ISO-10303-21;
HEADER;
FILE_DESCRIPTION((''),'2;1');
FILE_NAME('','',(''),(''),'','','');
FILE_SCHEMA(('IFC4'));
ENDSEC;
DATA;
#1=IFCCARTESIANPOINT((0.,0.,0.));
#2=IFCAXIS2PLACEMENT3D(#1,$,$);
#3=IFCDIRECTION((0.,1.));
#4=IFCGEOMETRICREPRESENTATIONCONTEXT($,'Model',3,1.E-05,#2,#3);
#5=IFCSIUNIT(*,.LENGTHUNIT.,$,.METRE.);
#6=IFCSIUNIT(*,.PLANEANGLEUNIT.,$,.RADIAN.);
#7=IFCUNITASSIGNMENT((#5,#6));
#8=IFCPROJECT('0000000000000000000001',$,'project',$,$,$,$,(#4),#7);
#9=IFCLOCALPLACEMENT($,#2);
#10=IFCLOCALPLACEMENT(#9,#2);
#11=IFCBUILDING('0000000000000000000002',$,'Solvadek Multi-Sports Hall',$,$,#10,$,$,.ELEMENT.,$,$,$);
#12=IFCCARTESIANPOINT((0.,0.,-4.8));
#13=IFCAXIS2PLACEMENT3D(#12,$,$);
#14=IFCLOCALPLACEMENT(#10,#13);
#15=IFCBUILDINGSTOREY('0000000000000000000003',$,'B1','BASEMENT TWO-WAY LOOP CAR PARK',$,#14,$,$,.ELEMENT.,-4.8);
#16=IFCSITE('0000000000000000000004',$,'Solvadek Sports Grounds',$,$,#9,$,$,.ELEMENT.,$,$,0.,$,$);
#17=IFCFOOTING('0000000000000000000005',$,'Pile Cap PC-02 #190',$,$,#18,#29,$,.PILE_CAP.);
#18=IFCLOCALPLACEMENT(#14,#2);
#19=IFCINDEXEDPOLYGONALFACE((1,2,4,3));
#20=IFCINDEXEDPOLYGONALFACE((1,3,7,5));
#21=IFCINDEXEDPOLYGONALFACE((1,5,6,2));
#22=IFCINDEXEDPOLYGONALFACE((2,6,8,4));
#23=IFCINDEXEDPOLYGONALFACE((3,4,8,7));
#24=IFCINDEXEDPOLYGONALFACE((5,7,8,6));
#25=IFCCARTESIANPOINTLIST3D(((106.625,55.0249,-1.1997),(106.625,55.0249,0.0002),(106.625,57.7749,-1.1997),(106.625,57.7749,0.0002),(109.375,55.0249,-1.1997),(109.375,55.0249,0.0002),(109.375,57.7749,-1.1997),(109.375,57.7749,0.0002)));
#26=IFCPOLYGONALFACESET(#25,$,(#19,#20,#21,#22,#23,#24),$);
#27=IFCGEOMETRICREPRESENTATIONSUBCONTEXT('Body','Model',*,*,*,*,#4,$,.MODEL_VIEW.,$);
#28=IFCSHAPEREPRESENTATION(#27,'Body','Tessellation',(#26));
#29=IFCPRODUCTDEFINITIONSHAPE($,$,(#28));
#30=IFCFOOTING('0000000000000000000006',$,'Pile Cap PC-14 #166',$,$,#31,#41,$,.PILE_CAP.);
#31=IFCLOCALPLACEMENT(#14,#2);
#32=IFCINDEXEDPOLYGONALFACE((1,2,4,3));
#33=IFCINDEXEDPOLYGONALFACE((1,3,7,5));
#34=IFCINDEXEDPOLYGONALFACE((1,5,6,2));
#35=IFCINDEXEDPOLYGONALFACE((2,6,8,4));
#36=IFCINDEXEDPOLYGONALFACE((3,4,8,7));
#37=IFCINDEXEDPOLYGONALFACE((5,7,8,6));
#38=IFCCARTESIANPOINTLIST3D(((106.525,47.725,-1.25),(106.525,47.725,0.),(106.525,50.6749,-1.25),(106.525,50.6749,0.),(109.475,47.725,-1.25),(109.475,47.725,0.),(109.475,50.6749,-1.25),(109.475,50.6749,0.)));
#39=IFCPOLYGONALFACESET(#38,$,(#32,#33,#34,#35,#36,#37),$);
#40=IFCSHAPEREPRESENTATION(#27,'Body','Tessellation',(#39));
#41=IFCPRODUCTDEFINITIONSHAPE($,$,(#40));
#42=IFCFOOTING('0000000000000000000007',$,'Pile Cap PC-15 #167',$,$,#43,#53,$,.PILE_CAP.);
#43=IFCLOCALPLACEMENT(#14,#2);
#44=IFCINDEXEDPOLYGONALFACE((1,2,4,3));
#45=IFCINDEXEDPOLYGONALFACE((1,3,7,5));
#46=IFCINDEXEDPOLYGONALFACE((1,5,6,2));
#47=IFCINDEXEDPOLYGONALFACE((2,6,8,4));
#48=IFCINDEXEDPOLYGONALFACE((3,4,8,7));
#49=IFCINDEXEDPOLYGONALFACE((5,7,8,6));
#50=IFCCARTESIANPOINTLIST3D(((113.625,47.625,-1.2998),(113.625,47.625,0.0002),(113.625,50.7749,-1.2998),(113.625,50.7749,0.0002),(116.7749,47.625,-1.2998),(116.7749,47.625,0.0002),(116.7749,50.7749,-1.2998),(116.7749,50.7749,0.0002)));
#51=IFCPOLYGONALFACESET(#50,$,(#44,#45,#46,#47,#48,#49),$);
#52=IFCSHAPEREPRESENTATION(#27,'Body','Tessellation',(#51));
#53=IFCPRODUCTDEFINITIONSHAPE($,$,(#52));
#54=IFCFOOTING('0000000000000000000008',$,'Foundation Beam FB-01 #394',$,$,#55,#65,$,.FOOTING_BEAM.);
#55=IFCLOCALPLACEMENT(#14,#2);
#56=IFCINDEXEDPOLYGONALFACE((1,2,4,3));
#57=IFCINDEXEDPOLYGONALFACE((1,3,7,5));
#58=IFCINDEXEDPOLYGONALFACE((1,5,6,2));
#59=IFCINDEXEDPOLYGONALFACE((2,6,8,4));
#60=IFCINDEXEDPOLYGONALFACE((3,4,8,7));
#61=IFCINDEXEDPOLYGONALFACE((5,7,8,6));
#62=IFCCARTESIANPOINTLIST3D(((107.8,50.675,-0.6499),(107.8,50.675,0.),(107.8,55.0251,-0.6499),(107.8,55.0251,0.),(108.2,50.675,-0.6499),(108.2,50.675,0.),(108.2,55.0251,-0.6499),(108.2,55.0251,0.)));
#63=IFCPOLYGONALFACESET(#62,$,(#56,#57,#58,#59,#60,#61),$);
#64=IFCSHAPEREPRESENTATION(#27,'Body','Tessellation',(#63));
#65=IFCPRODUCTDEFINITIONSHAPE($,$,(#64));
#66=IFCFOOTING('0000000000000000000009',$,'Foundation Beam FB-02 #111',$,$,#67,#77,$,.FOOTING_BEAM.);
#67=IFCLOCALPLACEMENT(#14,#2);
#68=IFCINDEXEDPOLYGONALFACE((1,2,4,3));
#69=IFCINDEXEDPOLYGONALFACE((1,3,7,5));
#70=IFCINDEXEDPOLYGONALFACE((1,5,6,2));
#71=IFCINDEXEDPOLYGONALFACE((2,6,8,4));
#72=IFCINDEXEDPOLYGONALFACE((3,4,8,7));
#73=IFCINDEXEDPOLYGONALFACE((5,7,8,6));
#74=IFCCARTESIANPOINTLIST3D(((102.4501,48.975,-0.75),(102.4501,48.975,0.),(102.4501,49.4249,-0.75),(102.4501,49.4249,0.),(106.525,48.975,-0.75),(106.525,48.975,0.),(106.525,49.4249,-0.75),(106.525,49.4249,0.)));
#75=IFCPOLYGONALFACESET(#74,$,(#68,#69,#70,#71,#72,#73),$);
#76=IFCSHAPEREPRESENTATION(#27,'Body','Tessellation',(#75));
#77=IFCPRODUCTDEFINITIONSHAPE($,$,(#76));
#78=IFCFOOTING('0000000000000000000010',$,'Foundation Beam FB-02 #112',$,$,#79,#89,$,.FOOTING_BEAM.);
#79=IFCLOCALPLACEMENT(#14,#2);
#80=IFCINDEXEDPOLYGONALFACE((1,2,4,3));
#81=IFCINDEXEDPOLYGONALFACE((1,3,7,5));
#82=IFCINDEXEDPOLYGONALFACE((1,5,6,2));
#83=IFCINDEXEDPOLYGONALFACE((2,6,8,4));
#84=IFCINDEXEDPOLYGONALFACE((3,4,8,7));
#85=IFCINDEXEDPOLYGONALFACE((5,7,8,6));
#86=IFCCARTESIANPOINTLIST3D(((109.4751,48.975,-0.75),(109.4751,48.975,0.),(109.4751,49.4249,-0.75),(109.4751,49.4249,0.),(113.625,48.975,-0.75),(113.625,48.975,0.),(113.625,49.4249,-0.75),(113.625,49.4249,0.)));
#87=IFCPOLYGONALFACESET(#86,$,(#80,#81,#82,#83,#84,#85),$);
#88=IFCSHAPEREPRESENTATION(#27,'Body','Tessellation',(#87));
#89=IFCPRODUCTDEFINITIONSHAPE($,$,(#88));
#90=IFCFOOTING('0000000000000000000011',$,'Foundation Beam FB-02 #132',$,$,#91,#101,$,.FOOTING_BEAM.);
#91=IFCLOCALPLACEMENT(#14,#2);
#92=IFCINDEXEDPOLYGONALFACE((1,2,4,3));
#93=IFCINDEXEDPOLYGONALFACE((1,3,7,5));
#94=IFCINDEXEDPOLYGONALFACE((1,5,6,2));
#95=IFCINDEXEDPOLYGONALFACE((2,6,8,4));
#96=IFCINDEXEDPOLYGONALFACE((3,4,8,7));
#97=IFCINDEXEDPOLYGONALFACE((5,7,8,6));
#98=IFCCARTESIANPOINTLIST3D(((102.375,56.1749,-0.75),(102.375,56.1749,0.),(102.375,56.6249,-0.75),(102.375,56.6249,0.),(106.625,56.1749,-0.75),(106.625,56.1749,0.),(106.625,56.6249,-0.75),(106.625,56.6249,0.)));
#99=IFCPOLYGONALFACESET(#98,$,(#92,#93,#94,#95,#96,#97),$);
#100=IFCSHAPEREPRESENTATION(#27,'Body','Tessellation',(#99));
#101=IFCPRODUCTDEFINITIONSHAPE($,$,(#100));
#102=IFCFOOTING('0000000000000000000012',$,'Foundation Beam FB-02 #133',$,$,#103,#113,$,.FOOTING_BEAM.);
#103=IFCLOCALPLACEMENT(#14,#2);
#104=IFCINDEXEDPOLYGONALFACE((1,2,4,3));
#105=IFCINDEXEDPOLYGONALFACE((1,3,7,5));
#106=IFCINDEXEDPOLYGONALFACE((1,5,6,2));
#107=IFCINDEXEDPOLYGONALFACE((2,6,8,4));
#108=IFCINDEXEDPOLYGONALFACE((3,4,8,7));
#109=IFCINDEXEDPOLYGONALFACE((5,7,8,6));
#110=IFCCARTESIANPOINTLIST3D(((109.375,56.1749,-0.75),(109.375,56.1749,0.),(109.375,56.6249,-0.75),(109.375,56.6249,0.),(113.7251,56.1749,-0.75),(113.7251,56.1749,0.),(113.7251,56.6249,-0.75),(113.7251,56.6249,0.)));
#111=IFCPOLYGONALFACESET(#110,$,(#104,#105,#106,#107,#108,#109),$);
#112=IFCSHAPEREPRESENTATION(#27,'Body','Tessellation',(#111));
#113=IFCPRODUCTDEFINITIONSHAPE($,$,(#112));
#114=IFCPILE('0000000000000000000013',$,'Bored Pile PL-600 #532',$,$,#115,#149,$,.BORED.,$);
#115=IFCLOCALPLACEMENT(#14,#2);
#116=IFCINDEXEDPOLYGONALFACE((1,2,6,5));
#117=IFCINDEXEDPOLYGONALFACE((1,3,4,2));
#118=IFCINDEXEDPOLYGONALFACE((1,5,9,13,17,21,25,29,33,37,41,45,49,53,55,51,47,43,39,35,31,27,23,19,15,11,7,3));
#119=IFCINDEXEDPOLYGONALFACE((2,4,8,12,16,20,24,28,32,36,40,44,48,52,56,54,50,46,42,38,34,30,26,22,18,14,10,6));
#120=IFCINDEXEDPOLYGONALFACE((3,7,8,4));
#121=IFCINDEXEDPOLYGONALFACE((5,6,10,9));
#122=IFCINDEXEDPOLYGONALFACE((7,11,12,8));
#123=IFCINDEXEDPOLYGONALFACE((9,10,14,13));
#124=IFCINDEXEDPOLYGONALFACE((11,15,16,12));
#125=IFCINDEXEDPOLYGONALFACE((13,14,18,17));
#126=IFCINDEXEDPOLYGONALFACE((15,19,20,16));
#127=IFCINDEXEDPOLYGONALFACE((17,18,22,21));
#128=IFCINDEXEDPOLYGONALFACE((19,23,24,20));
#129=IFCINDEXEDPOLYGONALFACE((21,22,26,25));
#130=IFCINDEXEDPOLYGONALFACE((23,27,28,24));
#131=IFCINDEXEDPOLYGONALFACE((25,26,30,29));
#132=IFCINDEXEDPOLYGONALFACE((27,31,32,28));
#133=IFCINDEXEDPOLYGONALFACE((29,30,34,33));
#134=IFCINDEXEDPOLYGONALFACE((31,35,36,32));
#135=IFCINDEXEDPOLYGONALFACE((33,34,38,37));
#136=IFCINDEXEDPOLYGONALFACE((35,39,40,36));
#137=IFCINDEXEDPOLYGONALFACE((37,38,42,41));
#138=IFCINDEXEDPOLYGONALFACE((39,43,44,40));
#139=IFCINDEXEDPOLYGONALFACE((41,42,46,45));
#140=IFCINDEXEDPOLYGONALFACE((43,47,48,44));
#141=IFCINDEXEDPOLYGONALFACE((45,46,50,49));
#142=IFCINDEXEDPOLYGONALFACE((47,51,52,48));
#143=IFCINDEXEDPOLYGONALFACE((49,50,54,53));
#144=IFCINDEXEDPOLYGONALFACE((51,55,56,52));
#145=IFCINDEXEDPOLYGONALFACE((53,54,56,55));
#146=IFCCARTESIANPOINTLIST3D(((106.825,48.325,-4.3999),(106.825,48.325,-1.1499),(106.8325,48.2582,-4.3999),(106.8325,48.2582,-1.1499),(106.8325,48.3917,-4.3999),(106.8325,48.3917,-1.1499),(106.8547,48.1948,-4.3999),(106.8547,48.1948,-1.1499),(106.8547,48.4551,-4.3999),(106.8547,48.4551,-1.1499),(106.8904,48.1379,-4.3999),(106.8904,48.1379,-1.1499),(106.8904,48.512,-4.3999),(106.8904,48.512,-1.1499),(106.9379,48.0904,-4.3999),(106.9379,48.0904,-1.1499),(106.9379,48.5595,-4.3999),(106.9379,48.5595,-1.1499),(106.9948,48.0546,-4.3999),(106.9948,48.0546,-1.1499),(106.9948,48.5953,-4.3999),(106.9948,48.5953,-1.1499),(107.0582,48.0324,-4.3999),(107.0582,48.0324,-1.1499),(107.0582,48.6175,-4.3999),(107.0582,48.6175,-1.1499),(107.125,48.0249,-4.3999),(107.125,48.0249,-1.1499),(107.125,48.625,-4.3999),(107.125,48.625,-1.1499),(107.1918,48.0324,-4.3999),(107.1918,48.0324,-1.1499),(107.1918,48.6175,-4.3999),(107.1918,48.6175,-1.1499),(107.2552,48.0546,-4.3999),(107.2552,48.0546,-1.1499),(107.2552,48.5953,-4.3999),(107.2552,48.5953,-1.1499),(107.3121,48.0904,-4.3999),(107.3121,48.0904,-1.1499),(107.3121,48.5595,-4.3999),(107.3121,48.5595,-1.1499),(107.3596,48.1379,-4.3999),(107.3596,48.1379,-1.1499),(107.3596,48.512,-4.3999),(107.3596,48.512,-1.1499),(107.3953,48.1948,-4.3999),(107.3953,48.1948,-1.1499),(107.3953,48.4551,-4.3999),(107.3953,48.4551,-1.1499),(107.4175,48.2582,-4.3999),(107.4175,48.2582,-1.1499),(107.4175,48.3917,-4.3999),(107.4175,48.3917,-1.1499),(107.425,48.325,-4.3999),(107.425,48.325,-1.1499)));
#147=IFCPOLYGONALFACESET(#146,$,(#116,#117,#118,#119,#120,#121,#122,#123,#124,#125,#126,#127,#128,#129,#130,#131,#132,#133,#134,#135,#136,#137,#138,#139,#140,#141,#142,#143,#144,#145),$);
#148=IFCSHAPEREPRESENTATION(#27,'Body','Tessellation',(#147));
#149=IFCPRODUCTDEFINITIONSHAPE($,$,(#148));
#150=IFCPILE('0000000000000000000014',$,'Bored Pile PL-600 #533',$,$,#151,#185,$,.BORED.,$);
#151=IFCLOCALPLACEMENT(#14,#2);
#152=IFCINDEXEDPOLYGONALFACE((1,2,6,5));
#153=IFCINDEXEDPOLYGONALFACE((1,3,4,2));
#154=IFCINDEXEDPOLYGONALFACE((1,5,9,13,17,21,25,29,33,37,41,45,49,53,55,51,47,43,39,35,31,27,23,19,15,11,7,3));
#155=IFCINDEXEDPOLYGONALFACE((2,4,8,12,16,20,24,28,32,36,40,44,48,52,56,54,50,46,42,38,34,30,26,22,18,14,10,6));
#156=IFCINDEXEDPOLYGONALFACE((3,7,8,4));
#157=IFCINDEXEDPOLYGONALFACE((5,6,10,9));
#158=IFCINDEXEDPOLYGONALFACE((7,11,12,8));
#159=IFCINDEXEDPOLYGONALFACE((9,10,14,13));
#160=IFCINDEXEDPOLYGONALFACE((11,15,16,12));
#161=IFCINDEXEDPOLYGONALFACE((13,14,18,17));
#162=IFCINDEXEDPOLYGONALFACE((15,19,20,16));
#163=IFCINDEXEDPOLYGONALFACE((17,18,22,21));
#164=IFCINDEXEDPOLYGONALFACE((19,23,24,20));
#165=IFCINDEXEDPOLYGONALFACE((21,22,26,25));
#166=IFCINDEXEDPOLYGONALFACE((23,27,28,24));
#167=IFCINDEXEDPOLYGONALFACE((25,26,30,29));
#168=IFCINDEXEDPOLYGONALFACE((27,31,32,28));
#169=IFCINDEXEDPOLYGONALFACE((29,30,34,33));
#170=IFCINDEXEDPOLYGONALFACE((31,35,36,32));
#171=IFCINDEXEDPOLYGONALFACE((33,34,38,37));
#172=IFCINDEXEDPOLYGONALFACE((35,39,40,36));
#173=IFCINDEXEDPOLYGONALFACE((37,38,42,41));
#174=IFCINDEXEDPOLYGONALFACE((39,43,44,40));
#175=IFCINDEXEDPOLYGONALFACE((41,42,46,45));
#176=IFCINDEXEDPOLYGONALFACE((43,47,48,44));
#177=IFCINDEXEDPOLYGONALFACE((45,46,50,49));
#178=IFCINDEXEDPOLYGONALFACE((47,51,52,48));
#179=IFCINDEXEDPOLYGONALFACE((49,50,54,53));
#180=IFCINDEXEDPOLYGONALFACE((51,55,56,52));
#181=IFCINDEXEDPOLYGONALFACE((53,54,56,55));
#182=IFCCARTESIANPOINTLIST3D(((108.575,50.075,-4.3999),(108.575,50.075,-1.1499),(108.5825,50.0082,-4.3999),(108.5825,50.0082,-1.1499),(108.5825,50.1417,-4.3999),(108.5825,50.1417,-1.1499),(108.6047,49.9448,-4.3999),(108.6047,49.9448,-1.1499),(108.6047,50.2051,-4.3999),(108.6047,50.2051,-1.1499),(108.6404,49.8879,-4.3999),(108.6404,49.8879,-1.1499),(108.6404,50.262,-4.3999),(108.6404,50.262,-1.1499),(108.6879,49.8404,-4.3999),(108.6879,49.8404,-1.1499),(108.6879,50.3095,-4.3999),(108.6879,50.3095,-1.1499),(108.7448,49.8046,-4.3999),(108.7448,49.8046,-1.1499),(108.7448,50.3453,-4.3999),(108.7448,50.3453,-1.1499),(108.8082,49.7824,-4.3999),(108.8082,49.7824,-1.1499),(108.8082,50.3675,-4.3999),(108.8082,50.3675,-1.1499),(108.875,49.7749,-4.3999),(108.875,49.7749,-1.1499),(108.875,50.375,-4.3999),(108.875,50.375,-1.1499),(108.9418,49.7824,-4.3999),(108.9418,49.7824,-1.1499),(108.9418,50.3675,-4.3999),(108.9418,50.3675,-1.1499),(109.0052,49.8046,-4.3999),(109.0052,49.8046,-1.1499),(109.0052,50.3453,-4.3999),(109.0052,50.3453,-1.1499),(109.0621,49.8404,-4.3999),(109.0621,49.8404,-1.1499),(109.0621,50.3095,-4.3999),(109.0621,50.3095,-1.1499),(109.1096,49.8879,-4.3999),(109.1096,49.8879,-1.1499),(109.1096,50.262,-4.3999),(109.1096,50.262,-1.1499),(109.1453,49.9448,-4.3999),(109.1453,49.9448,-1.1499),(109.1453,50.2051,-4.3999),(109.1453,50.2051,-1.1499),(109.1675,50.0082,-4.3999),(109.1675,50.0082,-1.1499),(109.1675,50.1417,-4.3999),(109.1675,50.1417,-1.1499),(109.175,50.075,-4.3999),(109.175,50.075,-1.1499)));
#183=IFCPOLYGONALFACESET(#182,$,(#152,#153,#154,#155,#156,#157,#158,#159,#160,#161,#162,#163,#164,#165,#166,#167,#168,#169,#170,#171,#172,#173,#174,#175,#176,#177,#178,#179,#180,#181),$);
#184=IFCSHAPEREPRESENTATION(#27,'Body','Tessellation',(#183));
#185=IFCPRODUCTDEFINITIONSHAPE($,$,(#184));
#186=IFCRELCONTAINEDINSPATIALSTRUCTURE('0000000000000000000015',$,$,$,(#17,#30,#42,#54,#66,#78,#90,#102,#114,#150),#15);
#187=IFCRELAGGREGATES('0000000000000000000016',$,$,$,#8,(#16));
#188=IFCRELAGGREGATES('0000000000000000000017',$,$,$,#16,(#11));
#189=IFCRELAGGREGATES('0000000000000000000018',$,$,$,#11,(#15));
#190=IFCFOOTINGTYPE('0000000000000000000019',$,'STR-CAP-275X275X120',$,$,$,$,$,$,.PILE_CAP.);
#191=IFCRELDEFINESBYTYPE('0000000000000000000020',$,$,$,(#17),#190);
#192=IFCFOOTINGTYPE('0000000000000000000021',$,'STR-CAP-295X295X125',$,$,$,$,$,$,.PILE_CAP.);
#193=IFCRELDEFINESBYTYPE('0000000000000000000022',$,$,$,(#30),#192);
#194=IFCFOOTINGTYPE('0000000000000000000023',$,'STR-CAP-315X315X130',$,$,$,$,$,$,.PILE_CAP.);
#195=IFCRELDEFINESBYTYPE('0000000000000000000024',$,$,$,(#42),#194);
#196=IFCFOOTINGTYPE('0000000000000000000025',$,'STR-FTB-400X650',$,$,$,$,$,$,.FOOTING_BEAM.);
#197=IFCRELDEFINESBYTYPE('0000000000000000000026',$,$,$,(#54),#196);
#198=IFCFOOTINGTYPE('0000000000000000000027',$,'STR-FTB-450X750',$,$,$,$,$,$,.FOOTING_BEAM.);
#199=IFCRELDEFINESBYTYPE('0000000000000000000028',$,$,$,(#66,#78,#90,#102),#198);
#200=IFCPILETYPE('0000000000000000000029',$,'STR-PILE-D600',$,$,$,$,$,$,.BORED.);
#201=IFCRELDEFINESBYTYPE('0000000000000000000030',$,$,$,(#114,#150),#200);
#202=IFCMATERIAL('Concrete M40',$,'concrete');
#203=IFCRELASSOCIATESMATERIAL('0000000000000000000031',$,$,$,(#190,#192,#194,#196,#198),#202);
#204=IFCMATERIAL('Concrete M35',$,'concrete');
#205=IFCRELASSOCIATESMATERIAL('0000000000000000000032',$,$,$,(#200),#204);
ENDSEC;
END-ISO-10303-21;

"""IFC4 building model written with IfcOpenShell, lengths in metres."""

from ifc_helpers import new_model, si_unit, direction, frame, origin, origin_2d, place, context, subcontext, project, spatial, rectangle, circle, extrude, material, material_profile, profile_set, type_object, element, save


model = new_model("IFC4")

# Units and contexts
model_context = context("Model", 3, precision=1e-05, world=origin(), true_north=direction((0.0, 1.0)))
body_context = subcontext(model_context, "Body", "Model", "MODEL_VIEW")
ifc_project = project(units=[si_unit("LENGTHUNIT", "METRE"), si_unit("PLANEANGLEUNIT", "RADIAN")], contexts=[model_context])

# Site, building, storey
site_placement = place(None, origin())
site = spatial("IfcSite", under=ifc_project, at=site_placement, Name="Solvadek Sports Grounds", CompositionType="ELEMENT", RefElevation=0.0)
building_placement = place(site_placement, origin())
building = spatial("IfcBuilding", under=site, at=building_placement, Name="Solvadek Multi-Sports Hall", CompositionType="ELEMENT")
storey_placement = place(building_placement, frame((0.0, 0.0, -4.8)))
storey = spatial("IfcBuildingStorey", under=building, at=storey_placement, Name="B1", Description="BASEMENT TWO-WAY LOOP CAR PARK", CompositionType="ELEMENT", Elevation=-4.8)

# Footings
ifc_material_1 = material(Name="Concrete M40", Category="concrete")
footing_type_1 = type_object("IfcFootingType", Name="STR-CAP-275X275X120", PredefinedType="PILE_CAP", material=ifc_material_1)
footing_1_placement = place(storey_placement, frame((108.0, 56.3999, -1.1997), z_axis=(0.0, 0.0, 1.0), x_axis=(1.0, 0.0, 0.0)))
element("IfcFooting", 1, at=footing_1_placement, inside=storey, type_object=footing_type_1, Name="Pile Cap PC-02 #190", PredefinedType="PILE_CAP", context=body_context, shape_type="SweptSolid", body=[
    extrude(rectangle(XDim=2.75, YDim=2.75, at=origin_2d()), origin(), (0.0, 0.0, 1.0), 1.2),
])
footing_type_2 = type_object("IfcFootingType", Name="STR-CAP-295X295X125", PredefinedType="PILE_CAP", material=ifc_material_1)
footing_2_placement = place(storey_placement, frame((108.0, 49.2, -1.25), z_axis=(0.0, 0.0, 1.0), x_axis=(1.0, 0.0, 0.0)))
element("IfcFooting", 2, at=footing_2_placement, inside=storey, type_object=footing_type_2, Name="Pile Cap PC-14 #166", PredefinedType="PILE_CAP", context=body_context, shape_type="SweptSolid", body=[
    extrude(rectangle(XDim=2.95, YDim=2.95, at=origin_2d()), origin(), (0.0, 0.0, 1.0), 1.25),
])
footing_type_3 = type_object("IfcFootingType", Name="STR-CAP-315X315X130", PredefinedType="PILE_CAP", material=ifc_material_1)
footing_3_placement = place(storey_placement, frame((115.2, 49.2, -1.2998), z_axis=(0.0, 0.0, 1.0), x_axis=(1.0, 0.0, 0.0)))
element("IfcFooting", 3, at=footing_3_placement, inside=storey, type_object=footing_type_3, Name="Pile Cap PC-15 #167", PredefinedType="PILE_CAP", context=body_context, shape_type="SweptSolid", body=[
    extrude(rectangle(XDim=3.1499, YDim=3.1499, at=origin_2d()), origin(), (0.0, 0.0, 1.0), 1.3),
])
footing_type_4 = type_object("IfcFootingType", Name="STR-FTB-400X650", PredefinedType="FOOTING_BEAM", material=ifc_material_1)
footing_4_placement = place(storey_placement, frame((108.0, 52.8501, -0.6499), z_axis=(0.0, 0.0, 1.0), x_axis=(0.0, 1.0, 0.0)))
element("IfcFooting", 4, at=footing_4_placement, inside=storey, type_object=footing_type_4, Name="Foundation Beam FB-01 #394", PredefinedType="FOOTING_BEAM", context=body_context, shape_type="SweptSolid", body=[
    extrude(rectangle(XDim=4.3501, YDim=0.3999, at=origin_2d()), origin(), (0.0, 0.0, 1.0), 0.6499),
])
footing_type_5 = type_object("IfcFootingType", Name="STR-FTB-450X750", PredefinedType="FOOTING_BEAM", material=ifc_material_1)
footing_5_placement = place(storey_placement, frame((104.4875, 49.2, -0.75), z_axis=(0.0, 0.0, 1.0), x_axis=(1.0, 0.0, 0.0)))
element("IfcFooting", 5, at=footing_5_placement, inside=storey, type_object=footing_type_5, Name="Foundation Beam FB-02 #111", PredefinedType="FOOTING_BEAM", context=body_context, shape_type="SweptSolid", body=[
    extrude(rectangle(XDim=4.075, YDim=0.45, at=origin_2d()), origin(), (0.0, 0.0, 1.0), 0.75),
])
footing_6_placement = place(storey_placement, frame((111.55, 49.2, -0.75), z_axis=(0.0, 0.0, 1.0), x_axis=(1.0, 0.0, 0.0)))
element("IfcFooting", 6, at=footing_6_placement, inside=storey, type_object=footing_type_5, Name="Foundation Beam FB-02 #112", PredefinedType="FOOTING_BEAM", context=body_context, shape_type="SweptSolid", body=[
    extrude(rectangle(XDim=4.1499, YDim=0.45, at=origin_2d()), origin(), (0.0, 0.0, 1.0), 0.75),
])
footing_7_placement = place(storey_placement, frame((104.5, 56.3999, -0.75), z_axis=(0.0, 0.0, 1.0), x_axis=(1.0, 0.0, 0.0)))
element("IfcFooting", 7, at=footing_7_placement, inside=storey, type_object=footing_type_5, Name="Foundation Beam FB-02 #132", PredefinedType="FOOTING_BEAM", context=body_context, shape_type="SweptSolid", body=[
    extrude(rectangle(XDim=4.25, YDim=0.45, at=origin_2d()), origin(), (0.0, 0.0, 1.0), 0.75),
])
footing_8_placement = place(storey_placement, frame((111.55, 56.3999, -0.75), z_axis=(0.0, 0.0, 1.0), x_axis=(1.0, 0.0, 0.0)))
element("IfcFooting", 8, at=footing_8_placement, inside=storey, type_object=footing_type_5, Name="Foundation Beam FB-02 #133", PredefinedType="FOOTING_BEAM", context=body_context, shape_type="SweptSolid", body=[
    extrude(rectangle(XDim=4.3501, YDim=0.45, at=origin_2d()), origin(), (0.0, 0.0, 1.0), 0.75),
])

# Piles
ifc_material_2 = material(Name="Concrete M35", Category="concrete")
ifc_material_profile_1 = material_profile(ifc_material_2, circle(Radius=0.3, at=origin_2d()), Name="BORED PILE D600")
ifc_profile_set_1 = profile_set([ifc_material_profile_1], Name="Concrete M35")
pile_type_1 = type_object("IfcPileType", Name="STR-PILE-D600", PredefinedType="BORED", material=ifc_profile_set_1)
for number, where, z_axis, x_axis, name in (
    (9, (107.125, 48.325, -1.1499), (0.0, 0.0, -1.0), (1.0, 0.0, 0.0), "Bored Pile PL-600 #532"),
    (10, (108.875, 50.075, -1.1499), (0.0, 0.0, -1.0), (1.0, 0.0, 0.0), "Bored Pile PL-600 #533"),
):
    element("IfcPile", number, at=place(storey_placement, frame(where, z_axis=z_axis, x_axis=x_axis)), inside=storey, type_object=pile_type_1, Name=name, PredefinedType="BORED", context=body_context, shape_type="SweptSolid", body=[
        extrude(circle(Radius=0.3, at=origin_2d()), origin(), (0.0, 0.0, 1.0), 3.25),
    ])

save(model, "model.ifc")
